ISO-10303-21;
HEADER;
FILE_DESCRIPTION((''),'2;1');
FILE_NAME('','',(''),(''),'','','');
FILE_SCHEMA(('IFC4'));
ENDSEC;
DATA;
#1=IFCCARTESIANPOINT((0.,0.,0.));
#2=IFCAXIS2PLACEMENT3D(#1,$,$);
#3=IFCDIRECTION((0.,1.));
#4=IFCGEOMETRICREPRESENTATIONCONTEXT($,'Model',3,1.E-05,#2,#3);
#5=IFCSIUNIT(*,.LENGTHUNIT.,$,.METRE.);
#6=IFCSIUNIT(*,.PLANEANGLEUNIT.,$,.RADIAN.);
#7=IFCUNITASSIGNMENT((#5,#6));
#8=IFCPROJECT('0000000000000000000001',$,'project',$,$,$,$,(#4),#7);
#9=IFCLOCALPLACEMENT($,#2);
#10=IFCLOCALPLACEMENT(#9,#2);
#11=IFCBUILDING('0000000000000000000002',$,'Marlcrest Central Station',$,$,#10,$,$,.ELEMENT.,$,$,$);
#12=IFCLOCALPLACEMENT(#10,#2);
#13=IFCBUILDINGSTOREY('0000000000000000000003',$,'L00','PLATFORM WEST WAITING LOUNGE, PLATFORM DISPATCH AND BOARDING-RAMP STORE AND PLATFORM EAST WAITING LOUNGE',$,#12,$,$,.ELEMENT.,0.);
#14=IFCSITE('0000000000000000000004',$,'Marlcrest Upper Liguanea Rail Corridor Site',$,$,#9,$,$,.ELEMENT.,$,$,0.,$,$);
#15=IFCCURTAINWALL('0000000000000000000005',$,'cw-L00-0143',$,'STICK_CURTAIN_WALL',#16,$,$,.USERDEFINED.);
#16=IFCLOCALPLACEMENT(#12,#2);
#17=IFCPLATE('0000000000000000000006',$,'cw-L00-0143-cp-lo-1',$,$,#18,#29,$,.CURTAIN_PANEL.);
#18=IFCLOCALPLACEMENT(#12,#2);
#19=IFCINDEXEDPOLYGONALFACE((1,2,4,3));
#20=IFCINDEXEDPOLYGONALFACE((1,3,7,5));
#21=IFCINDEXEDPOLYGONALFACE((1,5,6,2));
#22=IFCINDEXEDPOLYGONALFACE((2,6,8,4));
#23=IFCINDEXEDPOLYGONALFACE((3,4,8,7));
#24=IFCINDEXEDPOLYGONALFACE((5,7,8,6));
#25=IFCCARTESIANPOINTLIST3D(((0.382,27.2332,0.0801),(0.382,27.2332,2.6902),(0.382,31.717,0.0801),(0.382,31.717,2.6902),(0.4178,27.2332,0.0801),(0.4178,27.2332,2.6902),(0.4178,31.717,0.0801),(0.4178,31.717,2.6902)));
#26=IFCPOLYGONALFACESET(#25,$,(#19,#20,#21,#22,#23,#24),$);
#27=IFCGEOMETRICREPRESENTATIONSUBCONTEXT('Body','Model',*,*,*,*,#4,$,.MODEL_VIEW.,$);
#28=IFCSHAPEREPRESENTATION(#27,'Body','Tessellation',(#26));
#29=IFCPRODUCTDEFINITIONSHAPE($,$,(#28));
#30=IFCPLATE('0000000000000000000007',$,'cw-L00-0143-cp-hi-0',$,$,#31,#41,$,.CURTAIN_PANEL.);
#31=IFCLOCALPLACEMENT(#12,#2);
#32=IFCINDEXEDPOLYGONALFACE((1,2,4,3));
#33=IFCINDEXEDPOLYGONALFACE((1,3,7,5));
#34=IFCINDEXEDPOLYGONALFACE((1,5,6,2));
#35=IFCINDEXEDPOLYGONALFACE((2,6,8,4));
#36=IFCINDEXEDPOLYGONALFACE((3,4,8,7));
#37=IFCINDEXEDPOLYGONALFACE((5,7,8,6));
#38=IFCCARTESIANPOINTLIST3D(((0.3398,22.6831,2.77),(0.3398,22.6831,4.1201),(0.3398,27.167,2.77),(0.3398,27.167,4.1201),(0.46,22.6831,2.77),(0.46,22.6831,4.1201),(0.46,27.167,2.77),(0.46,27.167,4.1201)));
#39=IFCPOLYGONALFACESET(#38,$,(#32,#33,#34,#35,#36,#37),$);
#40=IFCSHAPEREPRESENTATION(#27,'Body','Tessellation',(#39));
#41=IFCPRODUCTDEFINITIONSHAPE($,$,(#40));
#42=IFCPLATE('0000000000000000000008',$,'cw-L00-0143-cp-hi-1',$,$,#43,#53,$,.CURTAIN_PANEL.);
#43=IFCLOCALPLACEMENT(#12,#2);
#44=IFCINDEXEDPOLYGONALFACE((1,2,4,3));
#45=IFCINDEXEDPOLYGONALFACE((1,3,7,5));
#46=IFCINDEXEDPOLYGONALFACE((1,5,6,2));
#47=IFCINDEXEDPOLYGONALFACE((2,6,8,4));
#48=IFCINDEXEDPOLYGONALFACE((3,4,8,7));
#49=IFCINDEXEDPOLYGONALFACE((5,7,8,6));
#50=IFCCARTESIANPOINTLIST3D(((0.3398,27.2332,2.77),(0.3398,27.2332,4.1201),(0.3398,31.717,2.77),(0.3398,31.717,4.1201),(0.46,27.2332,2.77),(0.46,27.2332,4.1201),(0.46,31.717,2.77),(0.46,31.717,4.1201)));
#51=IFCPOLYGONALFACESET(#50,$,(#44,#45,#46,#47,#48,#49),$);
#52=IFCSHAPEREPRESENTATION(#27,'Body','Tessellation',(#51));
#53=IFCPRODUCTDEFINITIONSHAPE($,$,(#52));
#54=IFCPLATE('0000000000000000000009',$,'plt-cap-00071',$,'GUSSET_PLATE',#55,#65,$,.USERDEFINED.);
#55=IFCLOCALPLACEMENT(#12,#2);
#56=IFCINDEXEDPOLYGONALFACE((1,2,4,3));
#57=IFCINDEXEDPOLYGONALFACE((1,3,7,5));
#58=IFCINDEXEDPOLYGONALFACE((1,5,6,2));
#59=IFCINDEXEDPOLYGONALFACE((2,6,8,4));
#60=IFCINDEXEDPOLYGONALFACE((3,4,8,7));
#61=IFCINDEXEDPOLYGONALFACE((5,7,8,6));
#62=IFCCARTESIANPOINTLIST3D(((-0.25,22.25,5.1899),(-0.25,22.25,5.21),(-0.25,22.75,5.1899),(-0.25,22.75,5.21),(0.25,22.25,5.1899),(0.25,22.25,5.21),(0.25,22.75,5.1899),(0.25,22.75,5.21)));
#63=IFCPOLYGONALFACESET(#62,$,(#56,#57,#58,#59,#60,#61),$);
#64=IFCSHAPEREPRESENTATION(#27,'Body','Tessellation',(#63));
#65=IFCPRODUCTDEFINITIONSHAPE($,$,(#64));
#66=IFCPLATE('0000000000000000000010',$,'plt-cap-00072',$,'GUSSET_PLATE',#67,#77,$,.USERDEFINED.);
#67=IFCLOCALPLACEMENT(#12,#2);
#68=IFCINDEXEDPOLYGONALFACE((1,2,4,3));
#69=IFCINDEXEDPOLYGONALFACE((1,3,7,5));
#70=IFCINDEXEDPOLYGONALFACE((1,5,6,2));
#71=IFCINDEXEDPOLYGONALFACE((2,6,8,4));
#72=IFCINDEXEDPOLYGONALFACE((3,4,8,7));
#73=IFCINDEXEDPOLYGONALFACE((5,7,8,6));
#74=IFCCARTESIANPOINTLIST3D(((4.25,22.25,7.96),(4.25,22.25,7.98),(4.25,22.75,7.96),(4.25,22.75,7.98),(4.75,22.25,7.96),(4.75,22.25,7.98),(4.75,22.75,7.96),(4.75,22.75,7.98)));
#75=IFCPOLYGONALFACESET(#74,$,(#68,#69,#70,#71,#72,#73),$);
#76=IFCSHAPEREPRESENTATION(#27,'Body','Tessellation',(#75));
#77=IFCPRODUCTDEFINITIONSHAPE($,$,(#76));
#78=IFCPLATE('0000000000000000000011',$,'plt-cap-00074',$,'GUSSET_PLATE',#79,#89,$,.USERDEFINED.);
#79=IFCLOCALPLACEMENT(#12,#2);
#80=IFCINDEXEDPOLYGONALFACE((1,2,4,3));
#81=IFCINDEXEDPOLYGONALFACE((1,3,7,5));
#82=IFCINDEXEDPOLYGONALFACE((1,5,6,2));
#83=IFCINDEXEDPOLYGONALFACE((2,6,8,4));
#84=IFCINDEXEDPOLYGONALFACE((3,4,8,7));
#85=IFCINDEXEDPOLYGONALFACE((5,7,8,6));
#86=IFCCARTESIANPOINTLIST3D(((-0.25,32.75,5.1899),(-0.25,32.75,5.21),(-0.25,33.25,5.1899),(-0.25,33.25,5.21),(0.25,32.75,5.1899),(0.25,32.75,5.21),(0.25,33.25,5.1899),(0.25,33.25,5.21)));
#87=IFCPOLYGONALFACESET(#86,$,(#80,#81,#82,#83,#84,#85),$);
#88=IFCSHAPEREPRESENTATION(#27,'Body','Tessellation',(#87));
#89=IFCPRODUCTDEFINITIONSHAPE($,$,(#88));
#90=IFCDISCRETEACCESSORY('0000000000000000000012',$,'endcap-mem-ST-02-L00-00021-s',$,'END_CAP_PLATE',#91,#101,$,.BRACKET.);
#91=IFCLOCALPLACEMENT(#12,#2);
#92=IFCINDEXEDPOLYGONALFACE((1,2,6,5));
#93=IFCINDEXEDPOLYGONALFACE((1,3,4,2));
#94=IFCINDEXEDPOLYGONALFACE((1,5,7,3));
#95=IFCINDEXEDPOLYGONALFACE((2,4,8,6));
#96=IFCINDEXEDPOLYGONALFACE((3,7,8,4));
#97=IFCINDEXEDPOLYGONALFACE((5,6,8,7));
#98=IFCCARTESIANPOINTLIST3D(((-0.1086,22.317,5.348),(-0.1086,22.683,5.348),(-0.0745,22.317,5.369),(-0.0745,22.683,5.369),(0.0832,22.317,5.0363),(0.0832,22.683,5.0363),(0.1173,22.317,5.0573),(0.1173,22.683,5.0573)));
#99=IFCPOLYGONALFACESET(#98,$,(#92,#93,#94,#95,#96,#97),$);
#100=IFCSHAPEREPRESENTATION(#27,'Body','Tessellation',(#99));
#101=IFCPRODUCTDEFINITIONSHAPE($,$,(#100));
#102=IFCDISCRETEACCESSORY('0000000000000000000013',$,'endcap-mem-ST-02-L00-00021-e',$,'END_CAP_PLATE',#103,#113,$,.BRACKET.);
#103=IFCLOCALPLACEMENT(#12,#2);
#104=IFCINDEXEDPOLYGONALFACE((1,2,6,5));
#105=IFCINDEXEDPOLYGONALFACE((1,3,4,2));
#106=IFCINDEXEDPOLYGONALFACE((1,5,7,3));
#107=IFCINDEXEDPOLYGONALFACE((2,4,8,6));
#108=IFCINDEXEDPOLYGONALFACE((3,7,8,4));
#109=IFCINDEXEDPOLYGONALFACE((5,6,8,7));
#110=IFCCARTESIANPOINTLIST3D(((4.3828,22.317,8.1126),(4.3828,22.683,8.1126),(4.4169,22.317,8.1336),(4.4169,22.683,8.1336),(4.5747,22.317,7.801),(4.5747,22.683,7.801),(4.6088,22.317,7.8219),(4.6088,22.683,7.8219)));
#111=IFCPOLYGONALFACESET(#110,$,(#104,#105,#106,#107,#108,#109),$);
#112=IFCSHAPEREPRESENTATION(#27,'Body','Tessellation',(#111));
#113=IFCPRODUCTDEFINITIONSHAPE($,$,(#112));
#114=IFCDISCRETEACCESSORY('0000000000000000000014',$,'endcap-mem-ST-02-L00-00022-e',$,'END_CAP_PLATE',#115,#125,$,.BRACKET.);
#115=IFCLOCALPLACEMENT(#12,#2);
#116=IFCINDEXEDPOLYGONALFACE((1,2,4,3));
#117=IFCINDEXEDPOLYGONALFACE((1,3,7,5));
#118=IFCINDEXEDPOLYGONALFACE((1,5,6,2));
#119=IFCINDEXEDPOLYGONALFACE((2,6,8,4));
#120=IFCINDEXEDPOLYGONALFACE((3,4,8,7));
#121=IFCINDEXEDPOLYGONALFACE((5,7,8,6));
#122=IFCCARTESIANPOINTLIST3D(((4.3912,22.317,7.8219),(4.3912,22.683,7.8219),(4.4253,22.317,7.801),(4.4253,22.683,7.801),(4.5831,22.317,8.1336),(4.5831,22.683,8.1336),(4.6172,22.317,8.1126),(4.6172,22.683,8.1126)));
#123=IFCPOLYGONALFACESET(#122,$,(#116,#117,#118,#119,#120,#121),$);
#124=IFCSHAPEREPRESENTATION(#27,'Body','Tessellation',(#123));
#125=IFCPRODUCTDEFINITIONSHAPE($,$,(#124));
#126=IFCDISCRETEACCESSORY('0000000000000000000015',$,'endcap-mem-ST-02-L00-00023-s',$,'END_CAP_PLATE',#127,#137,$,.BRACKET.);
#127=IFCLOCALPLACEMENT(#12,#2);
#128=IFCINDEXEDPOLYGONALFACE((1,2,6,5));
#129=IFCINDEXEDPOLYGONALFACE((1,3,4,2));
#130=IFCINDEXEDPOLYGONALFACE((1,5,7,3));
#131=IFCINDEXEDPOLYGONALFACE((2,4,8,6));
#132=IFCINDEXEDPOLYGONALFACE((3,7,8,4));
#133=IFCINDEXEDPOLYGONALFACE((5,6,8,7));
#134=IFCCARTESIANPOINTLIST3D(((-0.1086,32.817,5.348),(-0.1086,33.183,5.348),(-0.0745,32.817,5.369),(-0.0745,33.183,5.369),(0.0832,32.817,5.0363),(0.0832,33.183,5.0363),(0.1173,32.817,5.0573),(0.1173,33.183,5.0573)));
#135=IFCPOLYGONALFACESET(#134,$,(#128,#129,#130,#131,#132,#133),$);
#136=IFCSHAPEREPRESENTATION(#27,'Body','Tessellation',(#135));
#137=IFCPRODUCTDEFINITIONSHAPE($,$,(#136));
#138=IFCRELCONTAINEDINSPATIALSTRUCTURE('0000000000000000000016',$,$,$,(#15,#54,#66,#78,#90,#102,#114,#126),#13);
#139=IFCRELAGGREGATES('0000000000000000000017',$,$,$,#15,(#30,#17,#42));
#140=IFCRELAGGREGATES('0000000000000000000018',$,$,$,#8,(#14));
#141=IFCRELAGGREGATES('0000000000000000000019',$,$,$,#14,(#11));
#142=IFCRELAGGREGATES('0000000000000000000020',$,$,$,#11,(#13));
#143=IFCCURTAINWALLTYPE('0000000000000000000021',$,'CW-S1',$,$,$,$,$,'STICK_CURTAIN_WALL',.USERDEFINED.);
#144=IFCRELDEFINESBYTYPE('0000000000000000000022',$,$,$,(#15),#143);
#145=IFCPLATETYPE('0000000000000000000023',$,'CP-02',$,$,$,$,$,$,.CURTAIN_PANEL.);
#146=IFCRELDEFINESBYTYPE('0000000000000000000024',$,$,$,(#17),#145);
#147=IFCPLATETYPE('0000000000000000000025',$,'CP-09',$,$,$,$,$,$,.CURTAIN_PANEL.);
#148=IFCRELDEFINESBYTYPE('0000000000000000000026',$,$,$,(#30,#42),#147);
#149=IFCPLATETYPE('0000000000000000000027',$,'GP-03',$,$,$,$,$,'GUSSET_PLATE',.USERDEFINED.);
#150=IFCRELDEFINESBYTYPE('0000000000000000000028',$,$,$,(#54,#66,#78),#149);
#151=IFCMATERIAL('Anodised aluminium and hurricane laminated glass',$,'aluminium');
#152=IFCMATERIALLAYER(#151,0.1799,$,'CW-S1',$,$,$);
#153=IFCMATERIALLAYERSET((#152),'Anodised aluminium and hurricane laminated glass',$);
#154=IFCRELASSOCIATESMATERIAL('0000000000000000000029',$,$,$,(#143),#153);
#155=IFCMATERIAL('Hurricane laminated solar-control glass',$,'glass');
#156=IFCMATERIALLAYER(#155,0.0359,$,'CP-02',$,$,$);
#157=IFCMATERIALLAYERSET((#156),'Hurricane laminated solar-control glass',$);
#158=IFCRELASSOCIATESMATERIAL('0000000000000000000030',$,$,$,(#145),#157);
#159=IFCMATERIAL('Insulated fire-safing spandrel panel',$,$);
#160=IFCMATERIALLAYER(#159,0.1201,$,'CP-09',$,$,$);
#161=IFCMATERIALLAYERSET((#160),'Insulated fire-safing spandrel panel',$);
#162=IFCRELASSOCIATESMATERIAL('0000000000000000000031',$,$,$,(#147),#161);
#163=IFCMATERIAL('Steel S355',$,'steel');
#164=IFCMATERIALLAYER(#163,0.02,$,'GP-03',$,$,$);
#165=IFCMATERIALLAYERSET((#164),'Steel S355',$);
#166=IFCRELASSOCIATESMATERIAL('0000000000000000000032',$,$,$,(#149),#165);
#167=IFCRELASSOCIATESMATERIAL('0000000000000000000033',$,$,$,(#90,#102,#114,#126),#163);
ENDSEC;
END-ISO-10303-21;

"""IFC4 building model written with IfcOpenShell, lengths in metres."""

from ifc_helpers import new_model, si_unit, direction, frame, origin, origin_2d, place, context, subcontext, project, spatial, rectangle, extrude, material, layer, layer_set, type_object, element, aggregate, save


model = new_model("IFC4")

# Units and contexts
model_context = context("Model", 3, precision=1e-05, world=origin(), true_north=direction((0.0, 1.0)))
body_context = subcontext(model_context, "Body", "Model", "MODEL_VIEW")
ifc_project = project(units=[si_unit("LENGTHUNIT", "METRE"), si_unit("PLANEANGLEUNIT", "RADIAN")], contexts=[model_context])

# Site, building, storey
site_placement = place(None, origin())
site = spatial("IfcSite", under=ifc_project, at=site_placement, Name="Marlcrest Upper Liguanea Rail Corridor Site", CompositionType="ELEMENT", RefElevation=0.0)
building_placement = place(site_placement, origin())
building = spatial("IfcBuilding", under=site, at=building_placement, Name="Marlcrest Central Station", CompositionType="ELEMENT")
storey_placement = place(building_placement, origin())
storey = spatial("IfcBuildingStorey", under=building, at=storey_placement, Name="L00", Description="PLATFORM WEST WAITING LOUNGE, PLATFORM DISPATCH AND BOARDING-RAMP STORE AND PLATFORM EAST WAITING LOUNGE", CompositionType="ELEMENT", Elevation=0.0)

# Shared definitions
ifc_material_1 = material(Name="Steel S355", Category="steel")

# Curtain wall
ifc_material_2 = material(Name="Anodised aluminium and hurricane laminated glass", Category="aluminium")
ifc_layer_1 = layer(ifc_material_2, 0.1799, Name="CW-S1")
ifc_layer_set_1 = layer_set([ifc_layer_1], Name="Anodised aluminium and hurricane laminated glass")
curtain_wall_type = type_object("IfcCurtainWallType", Name="CW-S1", ElementType="STICK_CURTAIN_WALL", PredefinedType="USERDEFINED", material=ifc_layer_set_1)
curtain_wall_placement = place(storey_placement, origin())
curtain_wall = element("IfcCurtainWall", 1, at=curtain_wall_placement, inside=storey, type_object=curtain_wall_type, Name="cw-L00-0143", ObjectType="STICK_CURTAIN_WALL", PredefinedType="USERDEFINED")

# Plates
ifc_material_3 = material(Name="Hurricane laminated solar-control glass", Category="glass")
ifc_layer_2 = layer(ifc_material_3, 0.0359, Name="CP-02")
ifc_layer_set_2 = layer_set([ifc_layer_2], Name="Hurricane laminated solar-control glass")
plate_type_1 = type_object("IfcPlateType", Name="CP-02", PredefinedType="CURTAIN_PANEL", material=ifc_layer_set_2)
plate_1_placement = place(storey_placement, frame((0.3999, 29.4751, 0.0801), z_axis=(0.0, 0.0, 1.0), x_axis=(0.0, 1.0, 0.0)))
plate_1 = element("IfcPlate", 2, at=plate_1_placement, type_object=plate_type_1, Name="cw-L00-0143-cp-lo-1", PredefinedType="CURTAIN_PANEL", context=body_context, shape_type="SweptSolid", body=[
    extrude(rectangle(XDim=4.4839, YDim=0.0359, at=origin_2d()), origin(), (0.0, 0.0, 1.0), 2.6101),
])
ifc_material_4 = material(Name="Insulated fire-safing spandrel panel")
ifc_layer_3 = layer(ifc_material_4, 0.1201, Name="CP-09")
ifc_layer_set_3 = layer_set([ifc_layer_3], Name="Insulated fire-safing spandrel panel")
plate_type_2 = type_object("IfcPlateType", Name="CP-09", PredefinedType="CURTAIN_PANEL", material=ifc_layer_set_3)
plate_2_placement = place(storey_placement, frame((0.3999, 24.925, 2.77), z_axis=(0.0, 0.0, 1.0), x_axis=(0.0, 1.0, 0.0)))
plate_2 = element("IfcPlate", 3, at=plate_2_placement, type_object=plate_type_2, Name="cw-L00-0143-cp-hi-0", PredefinedType="CURTAIN_PANEL", context=body_context, shape_type="SweptSolid", body=[
    extrude(rectangle(XDim=4.4839, YDim=0.1201, at=origin_2d()), origin(), (0.0, 0.0, 1.0), 1.3501),
])
plate_3_placement = place(storey_placement, frame((0.3999, 29.4751, 2.77), z_axis=(0.0, 0.0, 1.0), x_axis=(0.0, 1.0, 0.0)))
plate_3 = element("IfcPlate", 4, at=plate_3_placement, type_object=plate_type_2, Name="cw-L00-0143-cp-hi-1", PredefinedType="CURTAIN_PANEL", context=body_context, shape_type="SweptSolid", body=[
    extrude(rectangle(XDim=4.4839, YDim=0.1201, at=origin_2d()), origin(), (0.0, 0.0, 1.0), 1.3501),
])
aggregate(curtain_wall, [plate_2, plate_1, plate_3])

# Plates
ifc_layer_4 = layer(ifc_material_1, 0.02, Name="GP-03")
ifc_layer_set_4 = layer_set([ifc_layer_4], Name="Steel S355")
plate_type_3 = type_object("IfcPlateType", Name="GP-03", ElementType="GUSSET_PLATE", PredefinedType="USERDEFINED", material=ifc_layer_set_4)
for number, where, z_axis, x_axis, name in (
    (5, (0.0, 22.5, 5.1899), (0.0, 0.0, 1.0), (1.0, 0.0, 0.0), "plt-cap-00071"),
    (6, (4.5, 22.5, 7.96), (0.0, 0.0, 1.0), (1.0, 0.0, 0.0), "plt-cap-00072"),
    (7, (0.0, 33.0, 5.1899), (0.0, 0.0, 1.0), (1.0, 0.0, 0.0), "plt-cap-00074"),
):
    element("IfcPlate", number, at=place(storey_placement, frame(where, z_axis=z_axis, x_axis=x_axis)), inside=storey, type_object=plate_type_3, Name=name, ObjectType="GUSSET_PLATE", PredefinedType="USERDEFINED", context=body_context, shape_type="SweptSolid", body=[
        extrude(rectangle(XDim=0.5, YDim=0.5, at=origin_2d()), origin(), (0.0, 0.0, 1.0), 0.02),
    ])

# Discrete accessories
for number, where, z_axis, x_axis, name in (
    (8, (-0.0127, 22.5, 5.1921), (0.851592, 0.0, 0.524206), (0.0, 1.0, 0.0), "endcap-mem-ST-02-L00-00021-s"),
    (9, (4.4788, 22.5, 7.9568), (0.851592, 0.0, 0.524206), (0.0, 1.0, 0.0), "endcap-mem-ST-02-L00-00021-e"),
    (10, (4.5212, 22.5, 7.9568), (-0.851592, 0.0, 0.524206), (0.0, -1.0, 0.0), "endcap-mem-ST-02-L00-00022-e"),
    (11, (-0.0127, 33.0, 5.1921), (0.851592, 0.0, 0.524206), (0.0, 1.0, 0.0), "endcap-mem-ST-02-L00-00023-s"),
):
    element("IfcDiscreteAccessory", number, at=place(storey_placement, frame(where, z_axis=z_axis, x_axis=x_axis)), inside=storey, material=ifc_material_1, Name=name, ObjectType="END_CAP_PLATE", PredefinedType="BRACKET", context=body_context, shape_type="SweptSolid", body=[
        extrude(rectangle(XDim=0.366, YDim=0.366, at=origin_2d()), origin(), (0.0, 0.0, 1.0), 0.04),
    ])

save(model, "model.ifc")
